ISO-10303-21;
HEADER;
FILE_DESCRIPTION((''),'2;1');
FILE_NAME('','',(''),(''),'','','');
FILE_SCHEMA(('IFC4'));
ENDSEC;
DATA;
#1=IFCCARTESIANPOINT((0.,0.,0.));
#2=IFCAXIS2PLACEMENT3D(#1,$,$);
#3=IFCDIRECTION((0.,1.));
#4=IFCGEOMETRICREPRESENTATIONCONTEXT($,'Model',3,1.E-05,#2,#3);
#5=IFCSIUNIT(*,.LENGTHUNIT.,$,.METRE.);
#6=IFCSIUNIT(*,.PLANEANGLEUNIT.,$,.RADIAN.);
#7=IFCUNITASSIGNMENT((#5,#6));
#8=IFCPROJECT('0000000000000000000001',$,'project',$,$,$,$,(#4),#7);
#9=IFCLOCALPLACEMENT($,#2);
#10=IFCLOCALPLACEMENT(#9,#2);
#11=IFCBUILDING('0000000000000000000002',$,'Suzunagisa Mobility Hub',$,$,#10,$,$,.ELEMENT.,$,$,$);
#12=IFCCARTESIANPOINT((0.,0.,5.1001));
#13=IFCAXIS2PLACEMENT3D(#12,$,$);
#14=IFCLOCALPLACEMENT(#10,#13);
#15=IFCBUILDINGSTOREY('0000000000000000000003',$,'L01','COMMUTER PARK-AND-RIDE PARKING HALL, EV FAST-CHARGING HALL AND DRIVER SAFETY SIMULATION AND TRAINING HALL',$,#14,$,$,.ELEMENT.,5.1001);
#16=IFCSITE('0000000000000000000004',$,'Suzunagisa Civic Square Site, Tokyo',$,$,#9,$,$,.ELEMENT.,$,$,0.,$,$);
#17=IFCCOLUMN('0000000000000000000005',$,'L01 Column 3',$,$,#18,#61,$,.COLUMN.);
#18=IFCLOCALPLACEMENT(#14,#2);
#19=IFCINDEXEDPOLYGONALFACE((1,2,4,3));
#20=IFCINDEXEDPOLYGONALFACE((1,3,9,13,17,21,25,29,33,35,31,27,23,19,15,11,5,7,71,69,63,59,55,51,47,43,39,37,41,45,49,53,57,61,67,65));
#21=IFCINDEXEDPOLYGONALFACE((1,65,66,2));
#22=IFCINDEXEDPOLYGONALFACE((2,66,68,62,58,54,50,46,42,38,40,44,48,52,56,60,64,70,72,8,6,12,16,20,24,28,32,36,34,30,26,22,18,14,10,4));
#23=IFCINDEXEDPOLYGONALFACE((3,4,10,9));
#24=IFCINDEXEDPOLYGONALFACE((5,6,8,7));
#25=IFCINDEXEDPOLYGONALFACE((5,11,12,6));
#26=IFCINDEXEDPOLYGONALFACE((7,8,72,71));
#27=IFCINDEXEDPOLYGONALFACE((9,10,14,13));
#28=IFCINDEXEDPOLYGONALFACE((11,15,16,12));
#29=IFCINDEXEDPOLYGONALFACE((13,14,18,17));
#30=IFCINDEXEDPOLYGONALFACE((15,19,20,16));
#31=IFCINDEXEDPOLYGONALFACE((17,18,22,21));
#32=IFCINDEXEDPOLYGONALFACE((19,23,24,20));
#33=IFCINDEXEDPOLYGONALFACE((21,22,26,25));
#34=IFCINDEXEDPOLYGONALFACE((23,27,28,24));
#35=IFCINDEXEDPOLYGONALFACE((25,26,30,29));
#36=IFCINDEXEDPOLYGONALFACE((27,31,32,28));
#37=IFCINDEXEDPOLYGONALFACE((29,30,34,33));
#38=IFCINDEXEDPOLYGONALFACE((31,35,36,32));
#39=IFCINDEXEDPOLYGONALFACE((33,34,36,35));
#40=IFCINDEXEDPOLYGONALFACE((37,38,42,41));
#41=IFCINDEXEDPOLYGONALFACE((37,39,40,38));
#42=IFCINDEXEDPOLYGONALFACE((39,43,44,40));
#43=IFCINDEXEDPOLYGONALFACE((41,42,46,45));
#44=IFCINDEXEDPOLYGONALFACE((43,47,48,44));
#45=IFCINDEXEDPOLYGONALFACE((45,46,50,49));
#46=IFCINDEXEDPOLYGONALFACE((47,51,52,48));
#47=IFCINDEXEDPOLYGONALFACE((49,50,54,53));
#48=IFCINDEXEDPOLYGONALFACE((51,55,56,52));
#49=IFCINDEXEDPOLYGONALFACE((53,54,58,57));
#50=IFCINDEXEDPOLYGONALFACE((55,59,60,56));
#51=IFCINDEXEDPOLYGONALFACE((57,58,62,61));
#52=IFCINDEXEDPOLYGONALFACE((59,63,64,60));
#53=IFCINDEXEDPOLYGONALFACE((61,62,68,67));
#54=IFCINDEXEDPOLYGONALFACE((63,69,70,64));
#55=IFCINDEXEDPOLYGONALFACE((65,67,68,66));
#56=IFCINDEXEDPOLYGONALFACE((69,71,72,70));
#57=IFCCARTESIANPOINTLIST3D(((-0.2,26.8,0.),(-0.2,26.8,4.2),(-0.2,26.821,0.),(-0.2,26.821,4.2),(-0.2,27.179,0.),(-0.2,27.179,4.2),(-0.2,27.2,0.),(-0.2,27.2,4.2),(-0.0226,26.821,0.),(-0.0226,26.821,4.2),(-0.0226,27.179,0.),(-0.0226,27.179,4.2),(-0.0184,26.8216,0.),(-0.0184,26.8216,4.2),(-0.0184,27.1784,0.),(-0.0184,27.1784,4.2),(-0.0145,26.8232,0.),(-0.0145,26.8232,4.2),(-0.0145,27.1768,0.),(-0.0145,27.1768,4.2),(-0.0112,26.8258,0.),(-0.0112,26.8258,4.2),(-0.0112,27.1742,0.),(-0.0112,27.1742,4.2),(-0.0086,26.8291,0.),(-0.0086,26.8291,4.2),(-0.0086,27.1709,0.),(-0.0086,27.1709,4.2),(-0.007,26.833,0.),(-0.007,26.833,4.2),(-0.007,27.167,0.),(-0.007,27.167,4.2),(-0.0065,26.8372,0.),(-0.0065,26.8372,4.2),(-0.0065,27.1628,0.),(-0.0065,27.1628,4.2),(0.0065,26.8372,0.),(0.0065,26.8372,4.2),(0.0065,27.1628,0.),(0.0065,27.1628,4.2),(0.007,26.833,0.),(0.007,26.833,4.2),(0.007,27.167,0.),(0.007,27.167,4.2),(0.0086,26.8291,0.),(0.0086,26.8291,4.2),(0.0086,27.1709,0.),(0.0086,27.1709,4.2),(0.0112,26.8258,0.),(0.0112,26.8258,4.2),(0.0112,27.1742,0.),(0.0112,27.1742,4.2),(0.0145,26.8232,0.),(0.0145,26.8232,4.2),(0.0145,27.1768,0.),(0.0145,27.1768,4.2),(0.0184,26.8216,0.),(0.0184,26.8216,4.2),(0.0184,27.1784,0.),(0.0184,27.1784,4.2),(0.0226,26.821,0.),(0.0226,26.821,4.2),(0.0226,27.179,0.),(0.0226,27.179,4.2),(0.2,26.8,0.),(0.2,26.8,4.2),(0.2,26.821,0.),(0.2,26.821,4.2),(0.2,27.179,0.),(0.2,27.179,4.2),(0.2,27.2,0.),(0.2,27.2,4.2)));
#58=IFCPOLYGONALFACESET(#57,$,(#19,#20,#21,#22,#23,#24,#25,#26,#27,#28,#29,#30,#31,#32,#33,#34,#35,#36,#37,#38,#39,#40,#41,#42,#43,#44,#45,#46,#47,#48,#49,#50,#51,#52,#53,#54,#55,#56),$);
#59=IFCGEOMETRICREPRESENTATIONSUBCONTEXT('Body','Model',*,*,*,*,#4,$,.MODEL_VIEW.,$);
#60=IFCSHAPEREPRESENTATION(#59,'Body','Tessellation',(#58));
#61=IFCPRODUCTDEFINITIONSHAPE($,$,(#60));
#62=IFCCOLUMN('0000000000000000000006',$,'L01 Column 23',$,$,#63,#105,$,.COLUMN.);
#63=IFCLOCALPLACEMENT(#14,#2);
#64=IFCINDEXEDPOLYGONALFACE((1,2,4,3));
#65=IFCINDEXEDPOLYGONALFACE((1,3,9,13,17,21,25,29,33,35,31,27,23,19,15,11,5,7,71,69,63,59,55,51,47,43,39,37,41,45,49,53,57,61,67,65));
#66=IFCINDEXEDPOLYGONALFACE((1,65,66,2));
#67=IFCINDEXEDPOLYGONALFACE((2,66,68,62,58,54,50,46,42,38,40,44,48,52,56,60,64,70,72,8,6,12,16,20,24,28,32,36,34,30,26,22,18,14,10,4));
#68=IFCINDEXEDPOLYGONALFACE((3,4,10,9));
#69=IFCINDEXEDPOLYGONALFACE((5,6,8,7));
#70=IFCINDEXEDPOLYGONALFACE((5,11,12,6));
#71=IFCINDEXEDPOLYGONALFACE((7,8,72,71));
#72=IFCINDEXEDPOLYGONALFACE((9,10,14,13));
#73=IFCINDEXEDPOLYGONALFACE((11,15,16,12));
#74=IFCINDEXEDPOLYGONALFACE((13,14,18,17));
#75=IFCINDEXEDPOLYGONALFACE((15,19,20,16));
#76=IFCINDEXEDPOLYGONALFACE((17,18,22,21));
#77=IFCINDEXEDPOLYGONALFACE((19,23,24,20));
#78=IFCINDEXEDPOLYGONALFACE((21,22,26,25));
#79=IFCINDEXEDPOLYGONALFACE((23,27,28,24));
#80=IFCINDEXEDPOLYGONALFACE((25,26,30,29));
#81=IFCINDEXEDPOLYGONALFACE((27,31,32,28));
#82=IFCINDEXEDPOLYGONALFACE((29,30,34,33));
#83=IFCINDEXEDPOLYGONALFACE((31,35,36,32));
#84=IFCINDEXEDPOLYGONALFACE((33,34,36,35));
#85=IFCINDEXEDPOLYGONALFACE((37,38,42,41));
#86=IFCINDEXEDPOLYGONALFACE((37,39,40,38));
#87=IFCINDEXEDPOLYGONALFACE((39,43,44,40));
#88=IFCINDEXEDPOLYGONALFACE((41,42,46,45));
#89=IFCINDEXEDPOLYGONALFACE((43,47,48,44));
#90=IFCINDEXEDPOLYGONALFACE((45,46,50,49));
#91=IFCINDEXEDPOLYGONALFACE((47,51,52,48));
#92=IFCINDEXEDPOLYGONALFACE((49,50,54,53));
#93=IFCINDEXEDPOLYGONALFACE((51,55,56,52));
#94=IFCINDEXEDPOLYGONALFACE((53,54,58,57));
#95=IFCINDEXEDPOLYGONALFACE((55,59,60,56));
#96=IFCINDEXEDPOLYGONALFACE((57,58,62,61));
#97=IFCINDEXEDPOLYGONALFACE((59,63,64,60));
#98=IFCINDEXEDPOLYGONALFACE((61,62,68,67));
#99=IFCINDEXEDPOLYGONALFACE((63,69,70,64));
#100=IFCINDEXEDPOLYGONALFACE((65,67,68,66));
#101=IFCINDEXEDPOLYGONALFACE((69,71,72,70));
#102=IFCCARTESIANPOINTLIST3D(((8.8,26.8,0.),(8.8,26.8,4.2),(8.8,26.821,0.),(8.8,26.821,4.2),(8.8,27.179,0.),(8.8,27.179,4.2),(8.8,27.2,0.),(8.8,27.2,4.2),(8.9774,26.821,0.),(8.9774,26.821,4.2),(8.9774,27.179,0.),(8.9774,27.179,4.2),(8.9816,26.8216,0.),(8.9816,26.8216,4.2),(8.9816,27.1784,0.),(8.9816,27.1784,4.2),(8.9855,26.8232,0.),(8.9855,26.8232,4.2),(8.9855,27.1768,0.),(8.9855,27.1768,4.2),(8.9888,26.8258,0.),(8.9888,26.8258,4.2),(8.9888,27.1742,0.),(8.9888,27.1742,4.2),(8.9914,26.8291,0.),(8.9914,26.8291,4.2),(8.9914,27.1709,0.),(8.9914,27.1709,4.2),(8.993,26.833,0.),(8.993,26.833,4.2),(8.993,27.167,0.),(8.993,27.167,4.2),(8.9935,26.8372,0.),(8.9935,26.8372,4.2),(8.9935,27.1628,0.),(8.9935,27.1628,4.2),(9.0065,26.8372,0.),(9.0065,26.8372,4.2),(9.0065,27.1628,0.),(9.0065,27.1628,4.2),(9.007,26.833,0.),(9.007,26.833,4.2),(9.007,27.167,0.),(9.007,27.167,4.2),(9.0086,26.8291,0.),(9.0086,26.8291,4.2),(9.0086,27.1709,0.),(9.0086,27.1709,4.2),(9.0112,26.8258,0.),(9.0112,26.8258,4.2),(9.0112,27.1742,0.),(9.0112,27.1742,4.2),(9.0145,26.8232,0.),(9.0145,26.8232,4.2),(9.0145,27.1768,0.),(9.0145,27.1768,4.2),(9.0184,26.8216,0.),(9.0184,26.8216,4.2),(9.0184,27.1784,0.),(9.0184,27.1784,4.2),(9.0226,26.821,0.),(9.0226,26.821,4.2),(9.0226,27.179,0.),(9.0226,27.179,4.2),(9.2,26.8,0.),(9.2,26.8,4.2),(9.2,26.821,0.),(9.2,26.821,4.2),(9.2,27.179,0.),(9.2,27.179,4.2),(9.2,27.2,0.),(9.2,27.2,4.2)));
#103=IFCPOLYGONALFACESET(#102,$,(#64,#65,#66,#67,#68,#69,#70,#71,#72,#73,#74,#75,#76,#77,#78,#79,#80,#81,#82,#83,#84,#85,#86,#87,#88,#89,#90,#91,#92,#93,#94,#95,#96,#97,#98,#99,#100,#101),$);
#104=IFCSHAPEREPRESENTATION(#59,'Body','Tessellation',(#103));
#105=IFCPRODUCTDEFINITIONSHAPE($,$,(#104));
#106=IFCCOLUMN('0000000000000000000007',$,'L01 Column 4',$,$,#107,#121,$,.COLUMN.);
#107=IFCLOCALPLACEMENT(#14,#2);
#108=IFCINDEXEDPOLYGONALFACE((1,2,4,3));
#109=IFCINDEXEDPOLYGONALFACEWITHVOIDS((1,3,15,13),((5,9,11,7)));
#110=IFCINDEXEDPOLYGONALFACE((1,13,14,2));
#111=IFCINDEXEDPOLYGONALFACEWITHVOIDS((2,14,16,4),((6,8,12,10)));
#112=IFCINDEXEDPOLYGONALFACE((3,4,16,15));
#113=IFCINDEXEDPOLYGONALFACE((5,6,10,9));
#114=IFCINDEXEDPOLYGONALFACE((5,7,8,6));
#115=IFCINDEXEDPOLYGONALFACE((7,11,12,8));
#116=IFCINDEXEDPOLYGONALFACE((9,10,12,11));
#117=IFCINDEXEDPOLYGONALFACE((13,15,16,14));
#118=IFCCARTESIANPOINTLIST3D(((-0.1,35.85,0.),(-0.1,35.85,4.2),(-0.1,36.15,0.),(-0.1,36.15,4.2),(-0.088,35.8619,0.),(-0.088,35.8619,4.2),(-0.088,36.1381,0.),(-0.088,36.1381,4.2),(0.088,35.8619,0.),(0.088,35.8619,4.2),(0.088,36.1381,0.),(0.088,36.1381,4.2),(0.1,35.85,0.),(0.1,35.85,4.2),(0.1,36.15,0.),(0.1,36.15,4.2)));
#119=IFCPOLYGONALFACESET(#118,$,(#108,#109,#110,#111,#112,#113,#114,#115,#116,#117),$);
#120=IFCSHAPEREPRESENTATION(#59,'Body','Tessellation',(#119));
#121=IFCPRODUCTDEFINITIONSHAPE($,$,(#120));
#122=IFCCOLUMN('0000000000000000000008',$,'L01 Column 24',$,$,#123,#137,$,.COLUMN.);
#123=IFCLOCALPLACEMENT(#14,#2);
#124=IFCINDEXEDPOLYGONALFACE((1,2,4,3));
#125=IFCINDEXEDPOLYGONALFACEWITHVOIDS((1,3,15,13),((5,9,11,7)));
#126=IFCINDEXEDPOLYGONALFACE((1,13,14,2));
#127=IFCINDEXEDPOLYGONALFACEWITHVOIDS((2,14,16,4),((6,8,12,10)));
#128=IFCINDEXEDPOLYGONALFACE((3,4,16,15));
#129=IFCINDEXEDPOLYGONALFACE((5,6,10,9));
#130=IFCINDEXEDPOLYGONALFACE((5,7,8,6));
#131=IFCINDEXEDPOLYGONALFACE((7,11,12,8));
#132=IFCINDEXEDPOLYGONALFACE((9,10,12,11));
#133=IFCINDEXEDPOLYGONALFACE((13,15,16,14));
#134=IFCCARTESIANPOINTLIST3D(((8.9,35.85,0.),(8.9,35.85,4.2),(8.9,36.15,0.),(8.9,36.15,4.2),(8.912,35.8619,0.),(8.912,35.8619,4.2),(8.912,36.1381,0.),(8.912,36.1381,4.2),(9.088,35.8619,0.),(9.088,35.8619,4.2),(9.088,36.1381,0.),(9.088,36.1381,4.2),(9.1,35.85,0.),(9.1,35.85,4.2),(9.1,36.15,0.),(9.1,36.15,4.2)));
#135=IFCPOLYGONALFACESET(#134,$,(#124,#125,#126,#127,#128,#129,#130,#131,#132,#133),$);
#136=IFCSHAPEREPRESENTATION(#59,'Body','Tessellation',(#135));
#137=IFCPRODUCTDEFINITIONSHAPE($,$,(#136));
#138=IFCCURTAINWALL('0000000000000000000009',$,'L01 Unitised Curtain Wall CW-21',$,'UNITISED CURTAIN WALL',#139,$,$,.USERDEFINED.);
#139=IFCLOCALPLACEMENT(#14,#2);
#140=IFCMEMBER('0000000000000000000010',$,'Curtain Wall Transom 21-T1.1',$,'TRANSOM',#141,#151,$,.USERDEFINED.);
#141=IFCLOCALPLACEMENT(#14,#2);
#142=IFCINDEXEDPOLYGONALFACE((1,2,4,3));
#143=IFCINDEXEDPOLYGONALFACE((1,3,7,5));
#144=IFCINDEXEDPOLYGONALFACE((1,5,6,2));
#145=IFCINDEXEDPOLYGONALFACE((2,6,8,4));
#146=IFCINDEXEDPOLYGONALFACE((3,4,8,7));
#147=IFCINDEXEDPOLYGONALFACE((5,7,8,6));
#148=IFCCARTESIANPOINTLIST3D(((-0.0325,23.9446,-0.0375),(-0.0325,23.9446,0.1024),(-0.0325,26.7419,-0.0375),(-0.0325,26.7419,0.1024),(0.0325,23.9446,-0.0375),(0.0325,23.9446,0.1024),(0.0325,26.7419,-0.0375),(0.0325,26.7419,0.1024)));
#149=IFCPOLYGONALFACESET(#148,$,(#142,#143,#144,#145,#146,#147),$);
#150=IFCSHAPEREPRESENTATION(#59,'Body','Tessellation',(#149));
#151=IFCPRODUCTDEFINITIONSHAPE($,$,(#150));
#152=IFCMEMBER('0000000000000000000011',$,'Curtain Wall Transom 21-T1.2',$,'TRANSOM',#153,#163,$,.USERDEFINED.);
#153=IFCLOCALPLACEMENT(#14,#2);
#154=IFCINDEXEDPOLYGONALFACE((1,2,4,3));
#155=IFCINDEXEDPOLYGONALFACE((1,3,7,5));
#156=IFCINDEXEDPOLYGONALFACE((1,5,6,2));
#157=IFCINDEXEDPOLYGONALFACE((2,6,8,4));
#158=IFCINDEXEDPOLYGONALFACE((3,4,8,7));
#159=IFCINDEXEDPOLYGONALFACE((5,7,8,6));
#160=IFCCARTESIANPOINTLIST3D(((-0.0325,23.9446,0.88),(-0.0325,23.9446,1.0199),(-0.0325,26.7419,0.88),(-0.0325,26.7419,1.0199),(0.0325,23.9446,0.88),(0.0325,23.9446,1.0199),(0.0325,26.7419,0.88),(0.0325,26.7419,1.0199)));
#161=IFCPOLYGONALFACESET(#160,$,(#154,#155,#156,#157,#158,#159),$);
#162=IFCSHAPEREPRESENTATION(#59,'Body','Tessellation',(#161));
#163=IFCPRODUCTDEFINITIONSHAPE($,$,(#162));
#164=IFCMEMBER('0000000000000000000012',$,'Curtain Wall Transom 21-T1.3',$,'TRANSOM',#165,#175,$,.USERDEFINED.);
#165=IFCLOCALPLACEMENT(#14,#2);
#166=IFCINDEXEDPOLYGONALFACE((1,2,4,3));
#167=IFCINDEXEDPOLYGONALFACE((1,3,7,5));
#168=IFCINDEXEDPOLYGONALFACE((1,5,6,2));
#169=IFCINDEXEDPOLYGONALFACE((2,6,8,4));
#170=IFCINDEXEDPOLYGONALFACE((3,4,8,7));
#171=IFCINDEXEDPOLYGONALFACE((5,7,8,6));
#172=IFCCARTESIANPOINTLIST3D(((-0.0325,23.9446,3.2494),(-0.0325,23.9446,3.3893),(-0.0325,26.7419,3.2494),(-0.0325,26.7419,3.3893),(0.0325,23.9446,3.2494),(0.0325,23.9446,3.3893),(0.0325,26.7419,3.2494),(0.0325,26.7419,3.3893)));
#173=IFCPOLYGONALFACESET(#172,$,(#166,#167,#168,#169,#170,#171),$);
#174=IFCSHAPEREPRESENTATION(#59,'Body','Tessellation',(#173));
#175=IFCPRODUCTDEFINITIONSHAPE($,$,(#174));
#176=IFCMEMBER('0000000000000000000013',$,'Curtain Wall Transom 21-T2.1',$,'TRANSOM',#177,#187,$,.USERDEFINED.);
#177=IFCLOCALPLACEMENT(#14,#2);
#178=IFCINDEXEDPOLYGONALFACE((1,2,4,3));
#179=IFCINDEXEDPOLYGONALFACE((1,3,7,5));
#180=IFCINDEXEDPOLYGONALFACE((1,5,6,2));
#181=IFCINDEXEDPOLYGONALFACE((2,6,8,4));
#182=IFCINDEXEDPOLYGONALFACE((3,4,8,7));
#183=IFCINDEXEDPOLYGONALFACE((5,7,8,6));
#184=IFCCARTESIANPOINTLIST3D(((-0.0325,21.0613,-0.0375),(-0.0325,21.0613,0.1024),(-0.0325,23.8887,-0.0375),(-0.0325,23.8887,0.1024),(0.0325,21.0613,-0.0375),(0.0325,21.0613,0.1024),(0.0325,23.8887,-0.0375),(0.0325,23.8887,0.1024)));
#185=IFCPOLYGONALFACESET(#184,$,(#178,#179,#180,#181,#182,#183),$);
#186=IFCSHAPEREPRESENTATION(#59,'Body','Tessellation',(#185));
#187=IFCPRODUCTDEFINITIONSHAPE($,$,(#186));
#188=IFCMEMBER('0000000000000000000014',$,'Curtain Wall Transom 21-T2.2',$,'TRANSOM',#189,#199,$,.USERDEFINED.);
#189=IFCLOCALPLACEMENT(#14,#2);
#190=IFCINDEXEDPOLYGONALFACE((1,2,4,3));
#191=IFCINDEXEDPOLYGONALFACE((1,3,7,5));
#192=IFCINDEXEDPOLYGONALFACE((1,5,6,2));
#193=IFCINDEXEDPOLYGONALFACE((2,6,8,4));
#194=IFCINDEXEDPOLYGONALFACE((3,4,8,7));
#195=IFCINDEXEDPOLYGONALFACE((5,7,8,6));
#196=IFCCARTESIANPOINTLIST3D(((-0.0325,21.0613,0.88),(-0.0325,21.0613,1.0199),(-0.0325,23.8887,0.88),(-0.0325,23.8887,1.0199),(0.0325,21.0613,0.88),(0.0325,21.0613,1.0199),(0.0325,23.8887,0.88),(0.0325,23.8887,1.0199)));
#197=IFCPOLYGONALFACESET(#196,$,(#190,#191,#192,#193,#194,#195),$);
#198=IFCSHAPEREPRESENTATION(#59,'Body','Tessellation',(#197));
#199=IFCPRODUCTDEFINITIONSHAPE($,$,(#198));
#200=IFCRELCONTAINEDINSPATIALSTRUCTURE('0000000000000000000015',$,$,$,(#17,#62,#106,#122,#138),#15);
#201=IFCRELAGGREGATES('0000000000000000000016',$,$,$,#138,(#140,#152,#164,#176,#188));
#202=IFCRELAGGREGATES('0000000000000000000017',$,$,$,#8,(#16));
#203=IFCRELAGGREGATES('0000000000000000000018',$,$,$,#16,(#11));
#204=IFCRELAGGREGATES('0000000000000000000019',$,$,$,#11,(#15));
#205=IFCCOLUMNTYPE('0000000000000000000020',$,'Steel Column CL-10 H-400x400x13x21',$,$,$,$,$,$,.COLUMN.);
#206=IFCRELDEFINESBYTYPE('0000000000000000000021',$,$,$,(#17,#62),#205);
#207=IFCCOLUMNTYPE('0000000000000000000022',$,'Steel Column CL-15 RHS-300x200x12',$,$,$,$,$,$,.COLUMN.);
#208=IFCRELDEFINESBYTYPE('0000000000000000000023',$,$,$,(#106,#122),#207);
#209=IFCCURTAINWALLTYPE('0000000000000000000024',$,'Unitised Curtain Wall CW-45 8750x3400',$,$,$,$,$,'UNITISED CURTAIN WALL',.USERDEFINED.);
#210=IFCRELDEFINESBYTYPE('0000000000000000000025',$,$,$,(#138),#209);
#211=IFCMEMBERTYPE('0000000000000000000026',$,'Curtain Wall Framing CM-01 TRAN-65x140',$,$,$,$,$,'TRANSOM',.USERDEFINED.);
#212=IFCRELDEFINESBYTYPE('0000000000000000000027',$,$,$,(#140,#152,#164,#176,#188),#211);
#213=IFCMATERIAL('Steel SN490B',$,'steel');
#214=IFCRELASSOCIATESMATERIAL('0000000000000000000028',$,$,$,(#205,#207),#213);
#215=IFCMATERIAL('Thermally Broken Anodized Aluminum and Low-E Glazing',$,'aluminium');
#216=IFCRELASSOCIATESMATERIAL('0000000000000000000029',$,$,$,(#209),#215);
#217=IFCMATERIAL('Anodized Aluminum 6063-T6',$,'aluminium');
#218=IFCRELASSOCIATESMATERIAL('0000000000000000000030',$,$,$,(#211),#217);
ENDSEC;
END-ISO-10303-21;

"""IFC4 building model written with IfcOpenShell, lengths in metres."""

from ifc_helpers import new_model, si_unit, direction, frame, origin, origin_2d, place, context, subcontext, project, spatial, rectangle, hollow_rectangle, i_section, extrude, material, material_profile, profile_set, type_object, element, aggregate, save


model = new_model("IFC4")

# Units and contexts
model_context = context("Model", 3, precision=1e-05, world=origin(), true_north=direction((0.0, 1.0)))
body_context = subcontext(model_context, "Body", "Model", "MODEL_VIEW")
ifc_project = project(units=[si_unit("LENGTHUNIT", "METRE"), si_unit("PLANEANGLEUNIT", "RADIAN")], contexts=[model_context])

# Site, building, storey
site_placement = place(None, origin())
site = spatial("IfcSite", under=ifc_project, at=site_placement, Name="Suzunagisa Civic Square Site, Tokyo", CompositionType="ELEMENT", RefElevation=0.0)
building_placement = place(site_placement, origin())
building = spatial("IfcBuilding", under=site, at=building_placement, Name="Suzunagisa Mobility Hub", CompositionType="ELEMENT")
storey_placement = place(building_placement, frame((0.0, 0.0, 5.1001)))
storey = spatial("IfcBuildingStorey", under=building, at=storey_placement, Name="L01", Description="COMMUTER PARK-AND-RIDE PARKING HALL, EV FAST-CHARGING HALL AND DRIVER SAFETY SIMULATION AND TRAINING HALL", CompositionType="ELEMENT", Elevation=5.1001)

# Columns
ifc_material_1 = material(Name="Steel SN490B", Category="steel")
ifc_material_profile_1 = material_profile(ifc_material_1, i_section(OverallWidth=0.3999, OverallDepth=0.3999, WebThickness=0.0129, FlangeThickness=0.021, FilletRadius=0.0161, at=origin_2d()), Name="H-400x400x13x21")
ifc_profile_set_1 = profile_set([ifc_material_profile_1], Name="Steel SN490B")
column_type_1 = type_object("IfcColumnType", Name="Steel Column CL-10 H-400x400x13x21", PredefinedType="COLUMN", material=ifc_profile_set_1)
for number, where, z_axis, x_axis, name in (
    (1, (0.0, 27.0, 0.0), (0.0, 0.0, 1.0), (1.0, 0.0, 0.0), "L01 Column 3"),
    (2, (9.0, 27.0, 0.0), (0.0, 0.0, 1.0), (1.0, 0.0, 0.0), "L01 Column 23"),
):
    element("IfcColumn", number, at=place(storey_placement, frame(where, z_axis=z_axis, x_axis=x_axis)), inside=storey, type_object=column_type_1, Name=name, PredefinedType="COLUMN", context=body_context, shape_type="SweptSolid", body=[
        extrude(i_section(OverallWidth=0.3999, OverallDepth=0.3999, WebThickness=0.0129, FlangeThickness=0.021, FilletRadius=0.0161, at=origin_2d()), origin(), (0.0, 0.0, 1.0), 4.2),
    ])
ifc_material_profile_2 = material_profile(ifc_material_1, hollow_rectangle(XDim=0.2, YDim=0.3, WallThickness=0.012, at=origin_2d()), Name="RHS-300x200x12")
ifc_profile_set_2 = profile_set([ifc_material_profile_2], Name="Steel SN490B")
column_type_2 = type_object("IfcColumnType", Name="Steel Column CL-15 RHS-300x200x12", PredefinedType="COLUMN", material=ifc_profile_set_2)
for number, where, z_axis, x_axis, name in (
    (3, (0.0, 36.0, 0.0), (0.0, 0.0, 1.0), (1.0, 0.0, 0.0), "L01 Column 4"),
    (4, (9.0, 36.0, 0.0), (0.0, 0.0, 1.0), (1.0, 0.0, 0.0), "L01 Column 24"),
):
    element("IfcColumn", number, at=place(storey_placement, frame(where, z_axis=z_axis, x_axis=x_axis)), inside=storey, type_object=column_type_2, Name=name, PredefinedType="COLUMN", context=body_context, shape_type="SweptSolid", body=[
        extrude(hollow_rectangle(XDim=0.2, YDim=0.3, WallThickness=0.012, at=origin_2d()), origin(), (0.0, 0.0, 1.0), 4.2),
    ])

# Curtain wall, members
ifc_material_2 = material(Name="Thermally Broken Anodized Aluminum and Low-E Glazing", Category="aluminium")
curtain_wall_type_1 = type_object("IfcCurtainWallType", Name="Unitised Curtain Wall CW-45 8750x3400", ElementType="UNITISED CURTAIN WALL", PredefinedType="USERDEFINED", material=ifc_material_2)
curtain_wall_1_placement = place(storey_placement, origin())
curtain_wall_1 = element("IfcCurtainWall", 5, at=curtain_wall_1_placement, inside=storey, type_object=curtain_wall_type_1, Name="L01 Unitised Curtain Wall CW-21", ObjectType="UNITISED CURTAIN WALL", PredefinedType="USERDEFINED")
ifc_material_3 = material(Name="Anodized Aluminum 6063-T6", Category="aluminium")
ifc_material_profile_3 = material_profile(ifc_material_3, rectangle(XDim=0.0649, YDim=0.1399, at=origin_2d()), Name="TRAN-65x140")
ifc_profile_set_3 = profile_set([ifc_material_profile_3], Name="Anodized Aluminum 6063-T6")
member_type_1 = type_object("IfcMemberType", Name="Curtain Wall Framing CM-01 TRAN-65x140", ElementType="TRANSOM", PredefinedType="USERDEFINED", material=ifc_profile_set_3)
member_1_placement = place(storey_placement, frame((0.0, 26.7419, 0.0325), z_axis=(0.0, -1.0, 0.0), x_axis=(1.0, 0.0, 0.0)))
member_1 = element("IfcMember", 6, at=member_1_placement, type_object=member_type_1, Name="Curtain Wall Transom 21-T1.1", ObjectType="TRANSOM", PredefinedType="USERDEFINED", context=body_context, shape_type="SweptSolid", body=[
    extrude(rectangle(XDim=0.0649, YDim=0.1399, at=origin_2d()), origin(), (0.0, 0.0, 1.0), 2.7974),
])
member_2_placement = place(storey_placement, frame((0.0, 26.7419, 0.95), z_axis=(0.0, -1.0, 0.0), x_axis=(1.0, 0.0, 0.0)))
member_2 = element("IfcMember", 7, at=member_2_placement, type_object=member_type_1, Name="Curtain Wall Transom 21-T1.2", ObjectType="TRANSOM", PredefinedType="USERDEFINED", context=body_context, shape_type="SweptSolid", body=[
    extrude(rectangle(XDim=0.0649, YDim=0.1399, at=origin_2d()), origin(), (0.0, 0.0, 1.0), 2.7974),
])
member_3_placement = place(storey_placement, frame((0.0, 26.7419, 3.3193), z_axis=(0.0, -1.0, 0.0), x_axis=(1.0, 0.0, 0.0)))
member_3 = element("IfcMember", 8, at=member_3_placement, type_object=member_type_1, Name="Curtain Wall Transom 21-T1.3", ObjectType="TRANSOM", PredefinedType="USERDEFINED", context=body_context, shape_type="SweptSolid", body=[
    extrude(rectangle(XDim=0.0649, YDim=0.1399, at=origin_2d()), origin(), (0.0, 0.0, 1.0), 2.7974),
])
member_4_placement = place(storey_placement, frame((0.0, 23.8887, 0.0325), z_axis=(0.0, -1.0, 0.0), x_axis=(1.0, 0.0, 0.0)))
member_4 = element("IfcMember", 9, at=member_4_placement, type_object=member_type_1, Name="Curtain Wall Transom 21-T2.1", ObjectType="TRANSOM", PredefinedType="USERDEFINED", context=body_context, shape_type="SweptSolid", body=[
    extrude(rectangle(XDim=0.0649, YDim=0.1399, at=origin_2d()), origin(), (0.0, 0.0, 1.0), 2.8274),
])
member_5_placement = place(storey_placement, frame((0.0, 23.8887, 0.95), z_axis=(0.0, -1.0, 0.0), x_axis=(1.0, 0.0, 0.0)))
member_5 = element("IfcMember", 10, at=member_5_placement, type_object=member_type_1, Name="Curtain Wall Transom 21-T2.2", ObjectType="TRANSOM", PredefinedType="USERDEFINED", context=body_context, shape_type="SweptSolid", body=[
    extrude(rectangle(XDim=0.0649, YDim=0.1399, at=origin_2d()), origin(), (0.0, 0.0, 1.0), 2.8274),
])

aggregate(curtain_wall_1, [member_1, member_2, member_3, member_4, member_5])

save(model, "model.ifc")
